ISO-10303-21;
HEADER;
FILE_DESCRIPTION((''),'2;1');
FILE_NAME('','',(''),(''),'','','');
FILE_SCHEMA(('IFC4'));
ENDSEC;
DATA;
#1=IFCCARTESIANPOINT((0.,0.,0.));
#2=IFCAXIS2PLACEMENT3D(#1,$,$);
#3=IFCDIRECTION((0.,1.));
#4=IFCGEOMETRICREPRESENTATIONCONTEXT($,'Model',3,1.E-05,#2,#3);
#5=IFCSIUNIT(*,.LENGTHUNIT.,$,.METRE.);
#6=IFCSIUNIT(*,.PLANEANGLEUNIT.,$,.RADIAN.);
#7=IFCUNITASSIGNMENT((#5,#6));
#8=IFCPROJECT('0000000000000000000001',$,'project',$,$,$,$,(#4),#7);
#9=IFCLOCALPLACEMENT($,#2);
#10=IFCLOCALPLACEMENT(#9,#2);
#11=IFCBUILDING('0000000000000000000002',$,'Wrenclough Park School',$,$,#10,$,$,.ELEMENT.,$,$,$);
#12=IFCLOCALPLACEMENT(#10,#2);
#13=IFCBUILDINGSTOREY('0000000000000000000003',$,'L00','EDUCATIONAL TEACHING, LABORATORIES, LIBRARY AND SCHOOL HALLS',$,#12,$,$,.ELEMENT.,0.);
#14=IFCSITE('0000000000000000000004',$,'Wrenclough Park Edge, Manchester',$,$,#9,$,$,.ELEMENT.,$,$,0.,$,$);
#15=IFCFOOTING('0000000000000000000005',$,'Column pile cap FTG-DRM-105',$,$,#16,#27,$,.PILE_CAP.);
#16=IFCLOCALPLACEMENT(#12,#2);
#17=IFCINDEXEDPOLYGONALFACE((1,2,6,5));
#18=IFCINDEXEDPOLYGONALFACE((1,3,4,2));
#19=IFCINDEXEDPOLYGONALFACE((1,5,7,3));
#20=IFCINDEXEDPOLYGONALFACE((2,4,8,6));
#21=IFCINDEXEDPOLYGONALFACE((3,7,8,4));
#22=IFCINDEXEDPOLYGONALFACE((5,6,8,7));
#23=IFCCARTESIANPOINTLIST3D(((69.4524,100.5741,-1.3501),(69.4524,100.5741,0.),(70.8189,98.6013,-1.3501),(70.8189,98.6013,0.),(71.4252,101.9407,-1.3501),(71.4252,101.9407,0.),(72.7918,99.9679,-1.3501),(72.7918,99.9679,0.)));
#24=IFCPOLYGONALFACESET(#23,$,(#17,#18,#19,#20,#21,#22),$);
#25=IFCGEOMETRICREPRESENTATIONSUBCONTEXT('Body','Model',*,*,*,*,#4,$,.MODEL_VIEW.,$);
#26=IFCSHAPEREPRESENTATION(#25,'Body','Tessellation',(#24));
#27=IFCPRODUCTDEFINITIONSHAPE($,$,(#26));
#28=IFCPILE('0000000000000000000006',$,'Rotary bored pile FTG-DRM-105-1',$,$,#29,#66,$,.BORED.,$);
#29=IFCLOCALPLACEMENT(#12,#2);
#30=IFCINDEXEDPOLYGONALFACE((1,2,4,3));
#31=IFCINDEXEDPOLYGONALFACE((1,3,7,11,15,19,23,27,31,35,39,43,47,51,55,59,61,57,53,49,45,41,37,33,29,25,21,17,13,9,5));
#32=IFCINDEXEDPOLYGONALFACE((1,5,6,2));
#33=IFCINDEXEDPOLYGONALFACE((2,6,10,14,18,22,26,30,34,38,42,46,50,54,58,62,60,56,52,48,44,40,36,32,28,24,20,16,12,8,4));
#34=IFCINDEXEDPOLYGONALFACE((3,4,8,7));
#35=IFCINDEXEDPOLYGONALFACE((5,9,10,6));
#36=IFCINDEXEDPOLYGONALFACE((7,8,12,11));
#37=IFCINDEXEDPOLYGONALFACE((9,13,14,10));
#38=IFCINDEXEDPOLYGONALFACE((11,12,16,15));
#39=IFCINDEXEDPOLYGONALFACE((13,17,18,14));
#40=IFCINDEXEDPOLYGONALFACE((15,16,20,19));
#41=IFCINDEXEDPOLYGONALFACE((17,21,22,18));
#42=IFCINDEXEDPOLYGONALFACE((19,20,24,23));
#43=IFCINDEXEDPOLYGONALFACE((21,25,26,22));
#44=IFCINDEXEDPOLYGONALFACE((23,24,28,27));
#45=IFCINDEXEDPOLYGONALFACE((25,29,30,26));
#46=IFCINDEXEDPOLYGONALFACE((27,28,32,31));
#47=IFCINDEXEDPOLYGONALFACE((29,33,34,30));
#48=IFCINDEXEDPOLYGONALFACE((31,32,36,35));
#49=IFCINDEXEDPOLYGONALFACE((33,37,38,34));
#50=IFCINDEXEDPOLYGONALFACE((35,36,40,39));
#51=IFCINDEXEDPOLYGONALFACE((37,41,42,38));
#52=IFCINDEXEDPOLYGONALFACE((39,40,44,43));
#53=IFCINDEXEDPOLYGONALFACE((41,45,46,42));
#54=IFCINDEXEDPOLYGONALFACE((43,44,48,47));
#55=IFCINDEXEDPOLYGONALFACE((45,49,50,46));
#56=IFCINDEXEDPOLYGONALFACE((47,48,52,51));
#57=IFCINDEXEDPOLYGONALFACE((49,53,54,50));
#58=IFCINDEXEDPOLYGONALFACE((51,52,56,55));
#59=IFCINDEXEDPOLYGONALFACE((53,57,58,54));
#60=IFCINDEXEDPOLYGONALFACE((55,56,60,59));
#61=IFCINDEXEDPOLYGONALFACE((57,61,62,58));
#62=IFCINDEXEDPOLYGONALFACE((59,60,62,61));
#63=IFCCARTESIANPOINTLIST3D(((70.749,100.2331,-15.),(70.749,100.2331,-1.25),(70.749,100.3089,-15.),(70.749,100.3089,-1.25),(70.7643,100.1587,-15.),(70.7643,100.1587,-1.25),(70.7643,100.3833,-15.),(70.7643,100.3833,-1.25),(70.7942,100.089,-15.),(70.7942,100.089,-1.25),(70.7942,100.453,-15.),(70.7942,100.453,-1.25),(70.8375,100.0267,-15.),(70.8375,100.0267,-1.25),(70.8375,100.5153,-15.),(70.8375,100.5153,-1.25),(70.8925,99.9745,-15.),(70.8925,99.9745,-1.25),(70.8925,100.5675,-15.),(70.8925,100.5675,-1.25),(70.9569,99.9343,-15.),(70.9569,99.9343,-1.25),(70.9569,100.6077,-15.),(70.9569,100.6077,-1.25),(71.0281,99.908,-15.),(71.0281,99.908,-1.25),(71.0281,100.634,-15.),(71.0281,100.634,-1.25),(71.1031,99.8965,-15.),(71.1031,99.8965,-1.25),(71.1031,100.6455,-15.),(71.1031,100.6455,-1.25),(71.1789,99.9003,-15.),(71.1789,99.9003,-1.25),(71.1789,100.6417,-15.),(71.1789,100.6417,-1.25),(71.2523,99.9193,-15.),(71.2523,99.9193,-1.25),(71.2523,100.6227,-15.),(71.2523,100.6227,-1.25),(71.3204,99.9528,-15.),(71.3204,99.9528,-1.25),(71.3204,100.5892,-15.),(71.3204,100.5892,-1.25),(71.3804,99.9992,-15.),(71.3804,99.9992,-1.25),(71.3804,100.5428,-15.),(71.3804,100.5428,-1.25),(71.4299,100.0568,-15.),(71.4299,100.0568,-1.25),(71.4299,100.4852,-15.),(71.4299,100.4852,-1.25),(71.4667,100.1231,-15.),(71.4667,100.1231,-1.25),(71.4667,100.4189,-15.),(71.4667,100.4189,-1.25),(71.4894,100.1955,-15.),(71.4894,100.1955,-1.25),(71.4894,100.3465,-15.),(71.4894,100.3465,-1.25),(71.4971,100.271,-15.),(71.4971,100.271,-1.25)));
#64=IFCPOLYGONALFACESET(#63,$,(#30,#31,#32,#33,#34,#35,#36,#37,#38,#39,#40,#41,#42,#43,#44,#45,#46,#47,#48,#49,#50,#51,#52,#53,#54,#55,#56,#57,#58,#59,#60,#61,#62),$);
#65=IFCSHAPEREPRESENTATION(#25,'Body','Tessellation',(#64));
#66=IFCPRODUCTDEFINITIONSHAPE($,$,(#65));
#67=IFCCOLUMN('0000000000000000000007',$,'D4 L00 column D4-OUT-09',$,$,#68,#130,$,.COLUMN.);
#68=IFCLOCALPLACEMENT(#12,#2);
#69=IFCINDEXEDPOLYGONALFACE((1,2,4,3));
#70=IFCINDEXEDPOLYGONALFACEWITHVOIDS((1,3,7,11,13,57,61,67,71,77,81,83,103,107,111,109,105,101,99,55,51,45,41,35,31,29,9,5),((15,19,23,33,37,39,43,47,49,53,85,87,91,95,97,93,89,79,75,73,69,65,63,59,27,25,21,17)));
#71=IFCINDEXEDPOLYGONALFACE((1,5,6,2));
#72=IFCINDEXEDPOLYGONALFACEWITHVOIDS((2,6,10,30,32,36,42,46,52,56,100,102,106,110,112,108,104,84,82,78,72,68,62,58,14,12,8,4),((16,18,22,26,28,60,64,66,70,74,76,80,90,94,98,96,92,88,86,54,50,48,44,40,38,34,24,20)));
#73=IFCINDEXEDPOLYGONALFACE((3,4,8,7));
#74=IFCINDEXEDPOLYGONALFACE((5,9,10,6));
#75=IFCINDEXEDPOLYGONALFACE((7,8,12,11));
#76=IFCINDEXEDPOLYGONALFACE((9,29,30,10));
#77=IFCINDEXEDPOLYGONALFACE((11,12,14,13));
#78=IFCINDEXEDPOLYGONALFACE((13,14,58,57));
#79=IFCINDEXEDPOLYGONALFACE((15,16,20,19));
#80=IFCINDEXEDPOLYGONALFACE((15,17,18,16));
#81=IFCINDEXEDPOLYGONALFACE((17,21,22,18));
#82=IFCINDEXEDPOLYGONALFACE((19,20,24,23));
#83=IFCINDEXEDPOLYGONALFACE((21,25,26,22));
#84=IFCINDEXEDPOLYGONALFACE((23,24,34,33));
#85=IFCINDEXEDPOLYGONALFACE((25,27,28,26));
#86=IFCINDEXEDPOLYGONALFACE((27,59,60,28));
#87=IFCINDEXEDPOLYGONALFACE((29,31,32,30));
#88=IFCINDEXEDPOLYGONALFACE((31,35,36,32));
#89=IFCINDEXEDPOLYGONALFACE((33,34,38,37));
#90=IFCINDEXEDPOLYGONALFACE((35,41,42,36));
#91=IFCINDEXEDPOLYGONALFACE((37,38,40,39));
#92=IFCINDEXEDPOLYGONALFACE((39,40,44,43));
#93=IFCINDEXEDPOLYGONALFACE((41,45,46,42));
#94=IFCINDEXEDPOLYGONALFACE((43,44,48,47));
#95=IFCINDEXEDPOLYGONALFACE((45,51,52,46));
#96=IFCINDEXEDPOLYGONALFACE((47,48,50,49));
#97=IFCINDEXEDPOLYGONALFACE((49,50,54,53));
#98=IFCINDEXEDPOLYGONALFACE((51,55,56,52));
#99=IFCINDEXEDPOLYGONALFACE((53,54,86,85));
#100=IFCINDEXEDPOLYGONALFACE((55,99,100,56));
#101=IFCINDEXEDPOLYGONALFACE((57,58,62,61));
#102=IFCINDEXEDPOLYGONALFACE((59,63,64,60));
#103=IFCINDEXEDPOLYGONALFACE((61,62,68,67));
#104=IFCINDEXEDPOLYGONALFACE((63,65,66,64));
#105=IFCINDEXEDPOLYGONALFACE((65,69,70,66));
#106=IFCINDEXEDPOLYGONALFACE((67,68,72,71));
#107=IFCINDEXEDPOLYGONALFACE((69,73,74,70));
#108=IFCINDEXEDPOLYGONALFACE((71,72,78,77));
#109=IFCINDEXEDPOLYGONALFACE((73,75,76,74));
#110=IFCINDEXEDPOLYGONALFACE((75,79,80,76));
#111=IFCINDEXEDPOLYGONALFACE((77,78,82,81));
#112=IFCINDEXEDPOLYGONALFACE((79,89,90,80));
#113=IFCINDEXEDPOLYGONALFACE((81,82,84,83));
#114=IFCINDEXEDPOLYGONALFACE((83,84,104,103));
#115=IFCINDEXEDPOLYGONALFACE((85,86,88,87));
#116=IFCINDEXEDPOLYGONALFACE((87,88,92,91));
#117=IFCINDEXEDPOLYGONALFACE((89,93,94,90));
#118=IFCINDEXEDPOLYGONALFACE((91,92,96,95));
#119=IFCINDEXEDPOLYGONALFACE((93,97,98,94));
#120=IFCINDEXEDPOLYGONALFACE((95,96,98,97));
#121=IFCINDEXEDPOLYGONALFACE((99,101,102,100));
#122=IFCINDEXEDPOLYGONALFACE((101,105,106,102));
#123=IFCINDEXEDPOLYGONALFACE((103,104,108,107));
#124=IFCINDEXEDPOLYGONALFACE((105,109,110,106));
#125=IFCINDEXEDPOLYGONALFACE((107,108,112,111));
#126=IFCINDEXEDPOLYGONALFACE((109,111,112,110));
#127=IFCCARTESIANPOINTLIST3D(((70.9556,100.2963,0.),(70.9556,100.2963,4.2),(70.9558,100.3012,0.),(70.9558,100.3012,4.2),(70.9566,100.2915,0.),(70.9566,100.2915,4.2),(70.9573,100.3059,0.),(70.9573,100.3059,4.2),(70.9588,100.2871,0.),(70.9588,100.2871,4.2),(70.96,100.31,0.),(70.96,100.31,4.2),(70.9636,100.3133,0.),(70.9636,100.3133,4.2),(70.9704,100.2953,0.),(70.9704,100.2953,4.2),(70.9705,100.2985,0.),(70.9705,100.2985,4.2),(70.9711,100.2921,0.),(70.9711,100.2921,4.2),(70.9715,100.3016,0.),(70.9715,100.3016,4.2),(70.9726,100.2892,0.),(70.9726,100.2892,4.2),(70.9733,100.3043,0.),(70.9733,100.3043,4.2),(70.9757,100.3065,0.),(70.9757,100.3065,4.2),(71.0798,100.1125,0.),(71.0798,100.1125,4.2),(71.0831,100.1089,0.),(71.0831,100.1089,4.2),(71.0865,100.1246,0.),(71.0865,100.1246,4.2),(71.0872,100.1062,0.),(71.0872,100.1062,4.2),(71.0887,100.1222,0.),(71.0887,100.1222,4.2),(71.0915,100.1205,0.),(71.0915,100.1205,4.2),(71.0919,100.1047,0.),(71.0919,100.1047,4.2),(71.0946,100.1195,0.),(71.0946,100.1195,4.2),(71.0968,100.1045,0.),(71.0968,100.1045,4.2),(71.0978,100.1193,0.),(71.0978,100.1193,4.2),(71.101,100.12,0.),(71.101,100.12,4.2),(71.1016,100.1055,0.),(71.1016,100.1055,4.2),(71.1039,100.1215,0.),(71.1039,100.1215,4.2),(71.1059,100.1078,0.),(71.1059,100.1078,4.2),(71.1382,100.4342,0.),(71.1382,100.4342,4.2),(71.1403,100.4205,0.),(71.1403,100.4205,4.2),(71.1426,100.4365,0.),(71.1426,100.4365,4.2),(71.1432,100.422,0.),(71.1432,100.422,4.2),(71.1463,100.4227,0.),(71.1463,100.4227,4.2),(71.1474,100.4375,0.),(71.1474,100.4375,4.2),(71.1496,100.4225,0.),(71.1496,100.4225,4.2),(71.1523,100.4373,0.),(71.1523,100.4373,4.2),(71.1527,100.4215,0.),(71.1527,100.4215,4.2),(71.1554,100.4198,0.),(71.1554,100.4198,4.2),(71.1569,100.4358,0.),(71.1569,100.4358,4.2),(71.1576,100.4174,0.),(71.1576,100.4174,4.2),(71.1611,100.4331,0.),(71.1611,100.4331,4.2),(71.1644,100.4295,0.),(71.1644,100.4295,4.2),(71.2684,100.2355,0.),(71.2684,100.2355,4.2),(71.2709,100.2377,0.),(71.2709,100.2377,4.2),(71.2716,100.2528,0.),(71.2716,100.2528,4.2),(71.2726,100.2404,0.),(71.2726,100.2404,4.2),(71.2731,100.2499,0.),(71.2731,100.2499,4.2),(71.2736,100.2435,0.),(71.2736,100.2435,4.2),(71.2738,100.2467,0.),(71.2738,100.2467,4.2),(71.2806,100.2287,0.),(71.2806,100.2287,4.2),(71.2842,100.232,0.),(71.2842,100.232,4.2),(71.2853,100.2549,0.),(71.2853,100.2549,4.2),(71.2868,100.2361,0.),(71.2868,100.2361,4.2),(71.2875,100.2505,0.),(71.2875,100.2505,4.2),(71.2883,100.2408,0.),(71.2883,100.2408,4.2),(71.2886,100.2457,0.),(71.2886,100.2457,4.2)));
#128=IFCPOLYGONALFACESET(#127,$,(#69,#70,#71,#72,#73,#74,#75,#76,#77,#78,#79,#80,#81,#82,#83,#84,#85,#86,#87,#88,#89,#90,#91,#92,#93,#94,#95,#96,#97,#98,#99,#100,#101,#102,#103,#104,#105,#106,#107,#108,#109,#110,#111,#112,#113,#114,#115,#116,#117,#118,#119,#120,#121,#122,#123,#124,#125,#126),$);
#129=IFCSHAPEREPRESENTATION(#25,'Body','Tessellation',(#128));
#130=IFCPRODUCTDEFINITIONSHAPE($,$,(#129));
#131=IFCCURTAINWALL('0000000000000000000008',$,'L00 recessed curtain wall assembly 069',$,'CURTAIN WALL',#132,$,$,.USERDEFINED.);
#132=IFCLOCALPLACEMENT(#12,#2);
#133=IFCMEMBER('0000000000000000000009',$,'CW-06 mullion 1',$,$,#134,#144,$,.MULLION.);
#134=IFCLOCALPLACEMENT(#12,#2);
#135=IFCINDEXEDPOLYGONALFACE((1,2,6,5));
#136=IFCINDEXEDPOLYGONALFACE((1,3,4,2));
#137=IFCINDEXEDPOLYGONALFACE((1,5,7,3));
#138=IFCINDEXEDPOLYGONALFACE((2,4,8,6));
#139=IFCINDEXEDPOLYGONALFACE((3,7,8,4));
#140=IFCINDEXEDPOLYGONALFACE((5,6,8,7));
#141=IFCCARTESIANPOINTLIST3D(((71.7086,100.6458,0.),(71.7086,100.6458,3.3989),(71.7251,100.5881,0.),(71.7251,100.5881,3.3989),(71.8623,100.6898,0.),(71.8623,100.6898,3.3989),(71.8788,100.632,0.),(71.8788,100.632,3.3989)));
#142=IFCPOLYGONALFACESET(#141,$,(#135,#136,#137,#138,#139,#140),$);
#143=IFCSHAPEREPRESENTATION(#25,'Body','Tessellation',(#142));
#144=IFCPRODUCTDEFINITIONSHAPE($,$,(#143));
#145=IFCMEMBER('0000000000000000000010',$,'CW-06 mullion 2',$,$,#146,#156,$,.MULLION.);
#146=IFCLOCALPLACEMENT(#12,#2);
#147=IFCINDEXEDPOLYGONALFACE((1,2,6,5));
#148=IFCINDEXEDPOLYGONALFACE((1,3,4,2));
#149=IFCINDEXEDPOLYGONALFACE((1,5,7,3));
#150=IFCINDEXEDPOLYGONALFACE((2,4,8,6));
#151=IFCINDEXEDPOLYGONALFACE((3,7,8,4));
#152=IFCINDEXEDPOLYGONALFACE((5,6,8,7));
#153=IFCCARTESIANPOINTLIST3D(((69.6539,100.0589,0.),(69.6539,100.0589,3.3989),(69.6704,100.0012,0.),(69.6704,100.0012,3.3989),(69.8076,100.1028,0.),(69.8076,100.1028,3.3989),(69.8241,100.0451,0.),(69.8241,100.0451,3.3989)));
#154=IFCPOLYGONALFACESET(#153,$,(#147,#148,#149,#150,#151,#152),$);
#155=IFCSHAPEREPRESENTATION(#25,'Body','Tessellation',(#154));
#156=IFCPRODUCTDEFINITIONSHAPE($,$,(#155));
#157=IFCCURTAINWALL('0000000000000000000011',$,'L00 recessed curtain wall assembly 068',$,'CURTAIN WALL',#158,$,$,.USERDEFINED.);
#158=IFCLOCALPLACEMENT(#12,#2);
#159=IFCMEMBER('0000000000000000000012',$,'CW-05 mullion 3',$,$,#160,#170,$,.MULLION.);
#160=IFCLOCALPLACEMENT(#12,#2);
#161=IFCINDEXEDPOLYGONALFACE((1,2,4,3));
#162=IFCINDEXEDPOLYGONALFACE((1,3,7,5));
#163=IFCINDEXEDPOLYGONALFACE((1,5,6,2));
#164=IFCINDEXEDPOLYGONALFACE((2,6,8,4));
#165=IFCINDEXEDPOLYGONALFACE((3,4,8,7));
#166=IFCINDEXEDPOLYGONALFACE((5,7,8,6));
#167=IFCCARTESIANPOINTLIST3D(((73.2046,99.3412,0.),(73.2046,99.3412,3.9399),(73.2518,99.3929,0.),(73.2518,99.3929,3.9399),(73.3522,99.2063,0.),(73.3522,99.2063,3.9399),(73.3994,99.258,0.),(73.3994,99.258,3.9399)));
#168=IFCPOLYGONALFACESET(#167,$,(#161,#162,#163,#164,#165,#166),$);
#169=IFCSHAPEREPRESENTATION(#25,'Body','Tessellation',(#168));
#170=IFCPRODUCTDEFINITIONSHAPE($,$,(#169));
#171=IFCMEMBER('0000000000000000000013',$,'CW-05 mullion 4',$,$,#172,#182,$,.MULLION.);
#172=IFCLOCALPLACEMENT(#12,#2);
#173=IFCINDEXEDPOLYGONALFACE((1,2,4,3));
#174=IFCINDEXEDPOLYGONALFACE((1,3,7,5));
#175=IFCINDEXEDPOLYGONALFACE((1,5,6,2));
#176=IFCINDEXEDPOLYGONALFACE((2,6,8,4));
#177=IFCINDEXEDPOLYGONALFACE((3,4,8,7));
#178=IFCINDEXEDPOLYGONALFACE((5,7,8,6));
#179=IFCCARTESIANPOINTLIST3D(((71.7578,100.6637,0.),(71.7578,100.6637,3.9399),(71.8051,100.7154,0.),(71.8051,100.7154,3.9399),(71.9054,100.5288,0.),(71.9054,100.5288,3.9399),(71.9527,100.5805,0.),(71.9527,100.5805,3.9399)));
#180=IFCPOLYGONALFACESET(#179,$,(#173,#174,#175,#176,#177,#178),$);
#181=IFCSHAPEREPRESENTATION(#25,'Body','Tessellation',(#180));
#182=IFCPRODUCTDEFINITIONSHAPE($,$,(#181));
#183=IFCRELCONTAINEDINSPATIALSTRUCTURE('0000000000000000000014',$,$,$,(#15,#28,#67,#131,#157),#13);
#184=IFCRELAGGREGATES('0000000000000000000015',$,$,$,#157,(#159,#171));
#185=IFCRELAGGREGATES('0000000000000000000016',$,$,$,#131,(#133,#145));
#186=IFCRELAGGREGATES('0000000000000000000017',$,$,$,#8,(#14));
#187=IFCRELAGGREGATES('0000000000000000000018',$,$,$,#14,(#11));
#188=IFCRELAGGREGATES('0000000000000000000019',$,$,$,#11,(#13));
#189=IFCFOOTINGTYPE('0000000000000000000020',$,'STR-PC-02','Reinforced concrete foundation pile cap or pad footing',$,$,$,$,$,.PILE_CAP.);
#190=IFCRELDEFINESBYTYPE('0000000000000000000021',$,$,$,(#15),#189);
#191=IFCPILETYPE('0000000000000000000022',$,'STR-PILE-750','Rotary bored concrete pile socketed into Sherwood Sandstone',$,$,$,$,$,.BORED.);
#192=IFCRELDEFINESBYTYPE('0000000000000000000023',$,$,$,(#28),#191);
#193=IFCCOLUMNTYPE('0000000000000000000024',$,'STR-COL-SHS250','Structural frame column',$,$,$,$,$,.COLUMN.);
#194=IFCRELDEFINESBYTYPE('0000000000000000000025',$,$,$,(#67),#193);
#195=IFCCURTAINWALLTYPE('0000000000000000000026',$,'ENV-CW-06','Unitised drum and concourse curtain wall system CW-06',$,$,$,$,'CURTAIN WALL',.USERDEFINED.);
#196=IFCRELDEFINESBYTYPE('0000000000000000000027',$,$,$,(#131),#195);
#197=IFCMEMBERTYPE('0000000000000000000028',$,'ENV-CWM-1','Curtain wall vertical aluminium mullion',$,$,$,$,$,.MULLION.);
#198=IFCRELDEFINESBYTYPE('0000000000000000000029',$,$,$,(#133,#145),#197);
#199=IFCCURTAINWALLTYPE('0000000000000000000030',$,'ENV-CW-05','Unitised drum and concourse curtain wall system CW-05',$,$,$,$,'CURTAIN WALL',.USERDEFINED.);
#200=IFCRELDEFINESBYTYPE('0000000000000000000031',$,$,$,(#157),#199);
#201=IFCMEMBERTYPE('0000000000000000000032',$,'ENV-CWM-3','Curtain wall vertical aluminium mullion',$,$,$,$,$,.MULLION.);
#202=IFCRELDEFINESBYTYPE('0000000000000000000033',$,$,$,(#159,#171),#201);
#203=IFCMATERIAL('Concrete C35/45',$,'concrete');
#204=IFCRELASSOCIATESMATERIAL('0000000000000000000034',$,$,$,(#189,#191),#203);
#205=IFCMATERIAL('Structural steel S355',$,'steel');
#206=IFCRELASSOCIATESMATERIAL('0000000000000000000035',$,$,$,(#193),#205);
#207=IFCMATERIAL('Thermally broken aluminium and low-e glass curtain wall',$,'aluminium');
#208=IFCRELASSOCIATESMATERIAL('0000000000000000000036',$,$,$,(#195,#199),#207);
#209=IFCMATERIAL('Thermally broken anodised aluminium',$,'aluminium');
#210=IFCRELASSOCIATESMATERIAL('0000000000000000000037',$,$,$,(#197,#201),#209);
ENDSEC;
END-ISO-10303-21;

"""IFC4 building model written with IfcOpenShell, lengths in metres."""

from ifc_helpers import new_model, si_unit, direction, frame, origin, origin_2d, place, context, subcontext, project, spatial, rectangle, hollow_rectangle, circle, extrude, material, material_profile, profile_set, type_object, element, aggregate, save


model = new_model("IFC4")

# Units and contexts
model_context = context("Model", 3, precision=1e-05, world=origin(), true_north=direction((0.0, 1.0)))
body_context = subcontext(model_context, "Body", "Model", "MODEL_VIEW")
ifc_project = project(units=[si_unit("LENGTHUNIT", "METRE"), si_unit("PLANEANGLEUNIT", "RADIAN")], contexts=[model_context])

# Site, building, storey
site_placement = place(None, origin())
site = spatial("IfcSite", under=ifc_project, at=site_placement, Name="Wrenclough Park Edge, Manchester", CompositionType="ELEMENT", RefElevation=0.0)
building_placement = place(site_placement, origin())
building = spatial("IfcBuilding", under=site, at=building_placement, Name="Wrenclough Park School", CompositionType="ELEMENT")
storey_placement = place(building_placement, origin())
storey = spatial("IfcBuildingStorey", under=building, at=storey_placement, Name="L00", Description="EDUCATIONAL TEACHING, LABORATORIES, LIBRARY AND SCHOOL HALLS", CompositionType="ELEMENT", Elevation=0.0)

# Footing
ifc_material_1 = material(Name="Concrete C35/45", Category="concrete")
footing_type = type_object("IfcFootingType", Name="STR-PC-02", Description="Reinforced concrete foundation pile cap or pad footing", PredefinedType="PILE_CAP", material=ifc_material_1)
footing_placement = place(storey_placement, frame((71.1221, 100.271, -1.3501), z_axis=(0.0, 0.0, 1.0), x_axis=(0.569423, -0.822045, 0.0)))
element("IfcFooting", 1, at=footing_placement, inside=storey, type_object=footing_type, Name="Column pile cap FTG-DRM-105", PredefinedType="PILE_CAP", context=body_context, shape_type="SweptSolid", body=[
    extrude(rectangle(XDim=2.3999, YDim=2.3999, at=origin_2d()), origin(), (0.0, 0.0, 1.0), 1.3501),
])

# Pile
ifc_material_profile_1 = material_profile(ifc_material_1, circle(Radius=0.375, at=origin_2d()), Name="BORED PILE D750")
ifc_profile_set_1 = profile_set([ifc_material_profile_1], Name="Concrete C35/45")
pile_type = type_object("IfcPileType", Name="STR-PILE-750", Description="Rotary bored concrete pile socketed into Sherwood Sandstone", PredefinedType="BORED", material=ifc_profile_set_1)
pile_placement = place(storey_placement, frame((71.1221, 100.271, -1.25), z_axis=(0.0, 0.0, -1.0), x_axis=(1.0, 0.0, 0.0)))
element("IfcPile", 2, at=pile_placement, inside=storey, type_object=pile_type, Name="Rotary bored pile FTG-DRM-105-1", PredefinedType="BORED", context=body_context, shape_type="SweptSolid", body=[
    extrude(circle(Radius=0.375, at=origin_2d()), origin(), (0.0, 0.0, 1.0), 13.75),
])

# Column
ifc_material_2 = material(Name="Structural steel S355", Category="steel")
ifc_material_profile_2 = material_profile(ifc_material_2, hollow_rectangle(XDim=0.25, YDim=0.25, WallThickness=0.0125, InnerFilletRadius=0.0125, OuterFilletRadius=0.0188, at=origin_2d()), Name="SHS 250x250x12.5")
ifc_profile_set_2 = profile_set([ifc_material_profile_2], Name="Structural steel S355")
column_type = type_object("IfcColumnType", Name="STR-COL-SHS250", Description="Structural frame column", PredefinedType="COLUMN", material=ifc_profile_set_2)
column_placement = place(storey_placement, frame((71.1221, 100.271, 0.0), z_axis=(0.0, 0.0, 1.0), x_axis=(0.569423, -0.822045, 0.0)))
element("IfcColumn", 3, at=column_placement, inside=storey, type_object=column_type, Name="D4 L00 column D4-OUT-09", PredefinedType="COLUMN", context=body_context, shape_type="SweptSolid", body=[
    extrude(hollow_rectangle(XDim=0.25, YDim=0.25, WallThickness=0.0125, InnerFilletRadius=0.0125, OuterFilletRadius=0.0188, at=origin_2d()), origin(), (0.0, 0.0, 1.0), 4.2),
])

# Curtain walls, members
ifc_material_3 = material(Name="Thermally broken aluminium and low-e glass curtain wall", Category="aluminium")
curtain_wall_type_1 = type_object("IfcCurtainWallType", Name="ENV-CW-06", Description="Unitised drum and concourse curtain wall system CW-06", ElementType="CURTAIN WALL", PredefinedType="USERDEFINED", material=ifc_material_3)
curtain_wall_1_placement = place(storey_placement, origin())
curtain_wall_1 = element("IfcCurtainWall", 4, at=curtain_wall_1_placement, inside=storey, type_object=curtain_wall_type_1, Name="L00 recessed curtain wall assembly 069", ObjectType="CURTAIN WALL", PredefinedType="USERDEFINED")
ifc_material_4 = material(Name="Thermally broken anodised aluminium", Category="aluminium")
ifc_material_profile_3 = material_profile(ifc_material_4, rectangle(XDim=0.0601, YDim=0.1599, at=origin_2d()), Name="AL MULLION 60x160")
ifc_profile_set_3 = profile_set([ifc_material_profile_3], Name="Thermally broken anodised aluminium")
member_type_1 = type_object("IfcMemberType", Name="ENV-CWM-1", Description="Curtain wall vertical aluminium mullion", PredefinedType="MULLION", material=ifc_profile_set_3)
member_1_placement = place(storey_placement, frame((71.7937, 100.6389, 0.0), z_axis=(0.0, 0.0, 1.0), x_axis=(0.274723, -0.961523, 0.0)))
member_1 = element("IfcMember", 5, at=member_1_placement, type_object=member_type_1, Name="CW-06 mullion 1", PredefinedType="MULLION", context=body_context, shape_type="SweptSolid", body=[
    extrude(rectangle(XDim=0.0601, YDim=0.1599, at=origin_2d()), origin(), (0.0, 0.0, 1.0), 3.3989),
])
member_2_placement = place(storey_placement, frame((69.739, 100.052, 0.0), z_axis=(0.0, 0.0, 1.0), x_axis=(0.274723, -0.961523, 0.0)))
member_2 = element("IfcMember", 6, at=member_2_placement, type_object=member_type_1, Name="CW-06 mullion 2", PredefinedType="MULLION", context=body_context, shape_type="SweptSolid", body=[
    extrude(rectangle(XDim=0.0601, YDim=0.1599, at=origin_2d()), origin(), (0.0, 0.0, 1.0), 3.3989),
])
curtain_wall_type_2 = type_object("IfcCurtainWallType", Name="ENV-CW-05", Description="Unitised drum and concourse curtain wall system CW-05", ElementType="CURTAIN WALL", PredefinedType="USERDEFINED", material=ifc_material_3)
curtain_wall_2_placement = place(storey_placement, origin())
curtain_wall_2 = element("IfcCurtainWall", 7, at=curtain_wall_2_placement, inside=storey, type_object=curtain_wall_type_2, Name="L00 recessed curtain wall assembly 068", ObjectType="CURTAIN WALL", PredefinedType="USERDEFINED")
ifc_material_profile_4 = material_profile(ifc_material_4, rectangle(XDim=0.0701, YDim=0.2, at=origin_2d()), Name="AL MULLION 70x200")
ifc_profile_set_4 = profile_set([ifc_material_profile_4], Name="Thermally broken anodised aluminium")
member_type_2 = type_object("IfcMemberType", Name="ENV-CWM-3", Description="Curtain wall vertical aluminium mullion", PredefinedType="MULLION", material=ifc_profile_set_4)
member_3_placement = place(storey_placement, frame((73.302, 99.2996, 0.0), z_axis=(0.0, 0.0, 1.0), x_axis=(-0.674669, -0.738121, 0.0)))
member_3 = element("IfcMember", 8, at=member_3_placement, type_object=member_type_2, Name="CW-05 mullion 3", PredefinedType="MULLION", context=body_context, shape_type="SweptSolid", body=[
    extrude(rectangle(XDim=0.0701, YDim=0.2, at=origin_2d()), origin(), (0.0, 0.0, 1.0), 3.9399),
])
member_4_placement = place(storey_placement, frame((71.8552, 100.6221, 0.0), z_axis=(0.0, 0.0, 1.0), x_axis=(-0.674669, -0.738121, 0.0)))
member_4 = element("IfcMember", 9, at=member_4_placement, type_object=member_type_2, Name="CW-05 mullion 4", PredefinedType="MULLION", context=body_context, shape_type="SweptSolid", body=[
    extrude(rectangle(XDim=0.0701, YDim=0.2, at=origin_2d()), origin(), (0.0, 0.0, 1.0), 3.9399),
])

aggregate(curtain_wall_2, [member_3, member_4])
aggregate(curtain_wall_1, [member_1, member_2])

save(model, "model.ifc")
